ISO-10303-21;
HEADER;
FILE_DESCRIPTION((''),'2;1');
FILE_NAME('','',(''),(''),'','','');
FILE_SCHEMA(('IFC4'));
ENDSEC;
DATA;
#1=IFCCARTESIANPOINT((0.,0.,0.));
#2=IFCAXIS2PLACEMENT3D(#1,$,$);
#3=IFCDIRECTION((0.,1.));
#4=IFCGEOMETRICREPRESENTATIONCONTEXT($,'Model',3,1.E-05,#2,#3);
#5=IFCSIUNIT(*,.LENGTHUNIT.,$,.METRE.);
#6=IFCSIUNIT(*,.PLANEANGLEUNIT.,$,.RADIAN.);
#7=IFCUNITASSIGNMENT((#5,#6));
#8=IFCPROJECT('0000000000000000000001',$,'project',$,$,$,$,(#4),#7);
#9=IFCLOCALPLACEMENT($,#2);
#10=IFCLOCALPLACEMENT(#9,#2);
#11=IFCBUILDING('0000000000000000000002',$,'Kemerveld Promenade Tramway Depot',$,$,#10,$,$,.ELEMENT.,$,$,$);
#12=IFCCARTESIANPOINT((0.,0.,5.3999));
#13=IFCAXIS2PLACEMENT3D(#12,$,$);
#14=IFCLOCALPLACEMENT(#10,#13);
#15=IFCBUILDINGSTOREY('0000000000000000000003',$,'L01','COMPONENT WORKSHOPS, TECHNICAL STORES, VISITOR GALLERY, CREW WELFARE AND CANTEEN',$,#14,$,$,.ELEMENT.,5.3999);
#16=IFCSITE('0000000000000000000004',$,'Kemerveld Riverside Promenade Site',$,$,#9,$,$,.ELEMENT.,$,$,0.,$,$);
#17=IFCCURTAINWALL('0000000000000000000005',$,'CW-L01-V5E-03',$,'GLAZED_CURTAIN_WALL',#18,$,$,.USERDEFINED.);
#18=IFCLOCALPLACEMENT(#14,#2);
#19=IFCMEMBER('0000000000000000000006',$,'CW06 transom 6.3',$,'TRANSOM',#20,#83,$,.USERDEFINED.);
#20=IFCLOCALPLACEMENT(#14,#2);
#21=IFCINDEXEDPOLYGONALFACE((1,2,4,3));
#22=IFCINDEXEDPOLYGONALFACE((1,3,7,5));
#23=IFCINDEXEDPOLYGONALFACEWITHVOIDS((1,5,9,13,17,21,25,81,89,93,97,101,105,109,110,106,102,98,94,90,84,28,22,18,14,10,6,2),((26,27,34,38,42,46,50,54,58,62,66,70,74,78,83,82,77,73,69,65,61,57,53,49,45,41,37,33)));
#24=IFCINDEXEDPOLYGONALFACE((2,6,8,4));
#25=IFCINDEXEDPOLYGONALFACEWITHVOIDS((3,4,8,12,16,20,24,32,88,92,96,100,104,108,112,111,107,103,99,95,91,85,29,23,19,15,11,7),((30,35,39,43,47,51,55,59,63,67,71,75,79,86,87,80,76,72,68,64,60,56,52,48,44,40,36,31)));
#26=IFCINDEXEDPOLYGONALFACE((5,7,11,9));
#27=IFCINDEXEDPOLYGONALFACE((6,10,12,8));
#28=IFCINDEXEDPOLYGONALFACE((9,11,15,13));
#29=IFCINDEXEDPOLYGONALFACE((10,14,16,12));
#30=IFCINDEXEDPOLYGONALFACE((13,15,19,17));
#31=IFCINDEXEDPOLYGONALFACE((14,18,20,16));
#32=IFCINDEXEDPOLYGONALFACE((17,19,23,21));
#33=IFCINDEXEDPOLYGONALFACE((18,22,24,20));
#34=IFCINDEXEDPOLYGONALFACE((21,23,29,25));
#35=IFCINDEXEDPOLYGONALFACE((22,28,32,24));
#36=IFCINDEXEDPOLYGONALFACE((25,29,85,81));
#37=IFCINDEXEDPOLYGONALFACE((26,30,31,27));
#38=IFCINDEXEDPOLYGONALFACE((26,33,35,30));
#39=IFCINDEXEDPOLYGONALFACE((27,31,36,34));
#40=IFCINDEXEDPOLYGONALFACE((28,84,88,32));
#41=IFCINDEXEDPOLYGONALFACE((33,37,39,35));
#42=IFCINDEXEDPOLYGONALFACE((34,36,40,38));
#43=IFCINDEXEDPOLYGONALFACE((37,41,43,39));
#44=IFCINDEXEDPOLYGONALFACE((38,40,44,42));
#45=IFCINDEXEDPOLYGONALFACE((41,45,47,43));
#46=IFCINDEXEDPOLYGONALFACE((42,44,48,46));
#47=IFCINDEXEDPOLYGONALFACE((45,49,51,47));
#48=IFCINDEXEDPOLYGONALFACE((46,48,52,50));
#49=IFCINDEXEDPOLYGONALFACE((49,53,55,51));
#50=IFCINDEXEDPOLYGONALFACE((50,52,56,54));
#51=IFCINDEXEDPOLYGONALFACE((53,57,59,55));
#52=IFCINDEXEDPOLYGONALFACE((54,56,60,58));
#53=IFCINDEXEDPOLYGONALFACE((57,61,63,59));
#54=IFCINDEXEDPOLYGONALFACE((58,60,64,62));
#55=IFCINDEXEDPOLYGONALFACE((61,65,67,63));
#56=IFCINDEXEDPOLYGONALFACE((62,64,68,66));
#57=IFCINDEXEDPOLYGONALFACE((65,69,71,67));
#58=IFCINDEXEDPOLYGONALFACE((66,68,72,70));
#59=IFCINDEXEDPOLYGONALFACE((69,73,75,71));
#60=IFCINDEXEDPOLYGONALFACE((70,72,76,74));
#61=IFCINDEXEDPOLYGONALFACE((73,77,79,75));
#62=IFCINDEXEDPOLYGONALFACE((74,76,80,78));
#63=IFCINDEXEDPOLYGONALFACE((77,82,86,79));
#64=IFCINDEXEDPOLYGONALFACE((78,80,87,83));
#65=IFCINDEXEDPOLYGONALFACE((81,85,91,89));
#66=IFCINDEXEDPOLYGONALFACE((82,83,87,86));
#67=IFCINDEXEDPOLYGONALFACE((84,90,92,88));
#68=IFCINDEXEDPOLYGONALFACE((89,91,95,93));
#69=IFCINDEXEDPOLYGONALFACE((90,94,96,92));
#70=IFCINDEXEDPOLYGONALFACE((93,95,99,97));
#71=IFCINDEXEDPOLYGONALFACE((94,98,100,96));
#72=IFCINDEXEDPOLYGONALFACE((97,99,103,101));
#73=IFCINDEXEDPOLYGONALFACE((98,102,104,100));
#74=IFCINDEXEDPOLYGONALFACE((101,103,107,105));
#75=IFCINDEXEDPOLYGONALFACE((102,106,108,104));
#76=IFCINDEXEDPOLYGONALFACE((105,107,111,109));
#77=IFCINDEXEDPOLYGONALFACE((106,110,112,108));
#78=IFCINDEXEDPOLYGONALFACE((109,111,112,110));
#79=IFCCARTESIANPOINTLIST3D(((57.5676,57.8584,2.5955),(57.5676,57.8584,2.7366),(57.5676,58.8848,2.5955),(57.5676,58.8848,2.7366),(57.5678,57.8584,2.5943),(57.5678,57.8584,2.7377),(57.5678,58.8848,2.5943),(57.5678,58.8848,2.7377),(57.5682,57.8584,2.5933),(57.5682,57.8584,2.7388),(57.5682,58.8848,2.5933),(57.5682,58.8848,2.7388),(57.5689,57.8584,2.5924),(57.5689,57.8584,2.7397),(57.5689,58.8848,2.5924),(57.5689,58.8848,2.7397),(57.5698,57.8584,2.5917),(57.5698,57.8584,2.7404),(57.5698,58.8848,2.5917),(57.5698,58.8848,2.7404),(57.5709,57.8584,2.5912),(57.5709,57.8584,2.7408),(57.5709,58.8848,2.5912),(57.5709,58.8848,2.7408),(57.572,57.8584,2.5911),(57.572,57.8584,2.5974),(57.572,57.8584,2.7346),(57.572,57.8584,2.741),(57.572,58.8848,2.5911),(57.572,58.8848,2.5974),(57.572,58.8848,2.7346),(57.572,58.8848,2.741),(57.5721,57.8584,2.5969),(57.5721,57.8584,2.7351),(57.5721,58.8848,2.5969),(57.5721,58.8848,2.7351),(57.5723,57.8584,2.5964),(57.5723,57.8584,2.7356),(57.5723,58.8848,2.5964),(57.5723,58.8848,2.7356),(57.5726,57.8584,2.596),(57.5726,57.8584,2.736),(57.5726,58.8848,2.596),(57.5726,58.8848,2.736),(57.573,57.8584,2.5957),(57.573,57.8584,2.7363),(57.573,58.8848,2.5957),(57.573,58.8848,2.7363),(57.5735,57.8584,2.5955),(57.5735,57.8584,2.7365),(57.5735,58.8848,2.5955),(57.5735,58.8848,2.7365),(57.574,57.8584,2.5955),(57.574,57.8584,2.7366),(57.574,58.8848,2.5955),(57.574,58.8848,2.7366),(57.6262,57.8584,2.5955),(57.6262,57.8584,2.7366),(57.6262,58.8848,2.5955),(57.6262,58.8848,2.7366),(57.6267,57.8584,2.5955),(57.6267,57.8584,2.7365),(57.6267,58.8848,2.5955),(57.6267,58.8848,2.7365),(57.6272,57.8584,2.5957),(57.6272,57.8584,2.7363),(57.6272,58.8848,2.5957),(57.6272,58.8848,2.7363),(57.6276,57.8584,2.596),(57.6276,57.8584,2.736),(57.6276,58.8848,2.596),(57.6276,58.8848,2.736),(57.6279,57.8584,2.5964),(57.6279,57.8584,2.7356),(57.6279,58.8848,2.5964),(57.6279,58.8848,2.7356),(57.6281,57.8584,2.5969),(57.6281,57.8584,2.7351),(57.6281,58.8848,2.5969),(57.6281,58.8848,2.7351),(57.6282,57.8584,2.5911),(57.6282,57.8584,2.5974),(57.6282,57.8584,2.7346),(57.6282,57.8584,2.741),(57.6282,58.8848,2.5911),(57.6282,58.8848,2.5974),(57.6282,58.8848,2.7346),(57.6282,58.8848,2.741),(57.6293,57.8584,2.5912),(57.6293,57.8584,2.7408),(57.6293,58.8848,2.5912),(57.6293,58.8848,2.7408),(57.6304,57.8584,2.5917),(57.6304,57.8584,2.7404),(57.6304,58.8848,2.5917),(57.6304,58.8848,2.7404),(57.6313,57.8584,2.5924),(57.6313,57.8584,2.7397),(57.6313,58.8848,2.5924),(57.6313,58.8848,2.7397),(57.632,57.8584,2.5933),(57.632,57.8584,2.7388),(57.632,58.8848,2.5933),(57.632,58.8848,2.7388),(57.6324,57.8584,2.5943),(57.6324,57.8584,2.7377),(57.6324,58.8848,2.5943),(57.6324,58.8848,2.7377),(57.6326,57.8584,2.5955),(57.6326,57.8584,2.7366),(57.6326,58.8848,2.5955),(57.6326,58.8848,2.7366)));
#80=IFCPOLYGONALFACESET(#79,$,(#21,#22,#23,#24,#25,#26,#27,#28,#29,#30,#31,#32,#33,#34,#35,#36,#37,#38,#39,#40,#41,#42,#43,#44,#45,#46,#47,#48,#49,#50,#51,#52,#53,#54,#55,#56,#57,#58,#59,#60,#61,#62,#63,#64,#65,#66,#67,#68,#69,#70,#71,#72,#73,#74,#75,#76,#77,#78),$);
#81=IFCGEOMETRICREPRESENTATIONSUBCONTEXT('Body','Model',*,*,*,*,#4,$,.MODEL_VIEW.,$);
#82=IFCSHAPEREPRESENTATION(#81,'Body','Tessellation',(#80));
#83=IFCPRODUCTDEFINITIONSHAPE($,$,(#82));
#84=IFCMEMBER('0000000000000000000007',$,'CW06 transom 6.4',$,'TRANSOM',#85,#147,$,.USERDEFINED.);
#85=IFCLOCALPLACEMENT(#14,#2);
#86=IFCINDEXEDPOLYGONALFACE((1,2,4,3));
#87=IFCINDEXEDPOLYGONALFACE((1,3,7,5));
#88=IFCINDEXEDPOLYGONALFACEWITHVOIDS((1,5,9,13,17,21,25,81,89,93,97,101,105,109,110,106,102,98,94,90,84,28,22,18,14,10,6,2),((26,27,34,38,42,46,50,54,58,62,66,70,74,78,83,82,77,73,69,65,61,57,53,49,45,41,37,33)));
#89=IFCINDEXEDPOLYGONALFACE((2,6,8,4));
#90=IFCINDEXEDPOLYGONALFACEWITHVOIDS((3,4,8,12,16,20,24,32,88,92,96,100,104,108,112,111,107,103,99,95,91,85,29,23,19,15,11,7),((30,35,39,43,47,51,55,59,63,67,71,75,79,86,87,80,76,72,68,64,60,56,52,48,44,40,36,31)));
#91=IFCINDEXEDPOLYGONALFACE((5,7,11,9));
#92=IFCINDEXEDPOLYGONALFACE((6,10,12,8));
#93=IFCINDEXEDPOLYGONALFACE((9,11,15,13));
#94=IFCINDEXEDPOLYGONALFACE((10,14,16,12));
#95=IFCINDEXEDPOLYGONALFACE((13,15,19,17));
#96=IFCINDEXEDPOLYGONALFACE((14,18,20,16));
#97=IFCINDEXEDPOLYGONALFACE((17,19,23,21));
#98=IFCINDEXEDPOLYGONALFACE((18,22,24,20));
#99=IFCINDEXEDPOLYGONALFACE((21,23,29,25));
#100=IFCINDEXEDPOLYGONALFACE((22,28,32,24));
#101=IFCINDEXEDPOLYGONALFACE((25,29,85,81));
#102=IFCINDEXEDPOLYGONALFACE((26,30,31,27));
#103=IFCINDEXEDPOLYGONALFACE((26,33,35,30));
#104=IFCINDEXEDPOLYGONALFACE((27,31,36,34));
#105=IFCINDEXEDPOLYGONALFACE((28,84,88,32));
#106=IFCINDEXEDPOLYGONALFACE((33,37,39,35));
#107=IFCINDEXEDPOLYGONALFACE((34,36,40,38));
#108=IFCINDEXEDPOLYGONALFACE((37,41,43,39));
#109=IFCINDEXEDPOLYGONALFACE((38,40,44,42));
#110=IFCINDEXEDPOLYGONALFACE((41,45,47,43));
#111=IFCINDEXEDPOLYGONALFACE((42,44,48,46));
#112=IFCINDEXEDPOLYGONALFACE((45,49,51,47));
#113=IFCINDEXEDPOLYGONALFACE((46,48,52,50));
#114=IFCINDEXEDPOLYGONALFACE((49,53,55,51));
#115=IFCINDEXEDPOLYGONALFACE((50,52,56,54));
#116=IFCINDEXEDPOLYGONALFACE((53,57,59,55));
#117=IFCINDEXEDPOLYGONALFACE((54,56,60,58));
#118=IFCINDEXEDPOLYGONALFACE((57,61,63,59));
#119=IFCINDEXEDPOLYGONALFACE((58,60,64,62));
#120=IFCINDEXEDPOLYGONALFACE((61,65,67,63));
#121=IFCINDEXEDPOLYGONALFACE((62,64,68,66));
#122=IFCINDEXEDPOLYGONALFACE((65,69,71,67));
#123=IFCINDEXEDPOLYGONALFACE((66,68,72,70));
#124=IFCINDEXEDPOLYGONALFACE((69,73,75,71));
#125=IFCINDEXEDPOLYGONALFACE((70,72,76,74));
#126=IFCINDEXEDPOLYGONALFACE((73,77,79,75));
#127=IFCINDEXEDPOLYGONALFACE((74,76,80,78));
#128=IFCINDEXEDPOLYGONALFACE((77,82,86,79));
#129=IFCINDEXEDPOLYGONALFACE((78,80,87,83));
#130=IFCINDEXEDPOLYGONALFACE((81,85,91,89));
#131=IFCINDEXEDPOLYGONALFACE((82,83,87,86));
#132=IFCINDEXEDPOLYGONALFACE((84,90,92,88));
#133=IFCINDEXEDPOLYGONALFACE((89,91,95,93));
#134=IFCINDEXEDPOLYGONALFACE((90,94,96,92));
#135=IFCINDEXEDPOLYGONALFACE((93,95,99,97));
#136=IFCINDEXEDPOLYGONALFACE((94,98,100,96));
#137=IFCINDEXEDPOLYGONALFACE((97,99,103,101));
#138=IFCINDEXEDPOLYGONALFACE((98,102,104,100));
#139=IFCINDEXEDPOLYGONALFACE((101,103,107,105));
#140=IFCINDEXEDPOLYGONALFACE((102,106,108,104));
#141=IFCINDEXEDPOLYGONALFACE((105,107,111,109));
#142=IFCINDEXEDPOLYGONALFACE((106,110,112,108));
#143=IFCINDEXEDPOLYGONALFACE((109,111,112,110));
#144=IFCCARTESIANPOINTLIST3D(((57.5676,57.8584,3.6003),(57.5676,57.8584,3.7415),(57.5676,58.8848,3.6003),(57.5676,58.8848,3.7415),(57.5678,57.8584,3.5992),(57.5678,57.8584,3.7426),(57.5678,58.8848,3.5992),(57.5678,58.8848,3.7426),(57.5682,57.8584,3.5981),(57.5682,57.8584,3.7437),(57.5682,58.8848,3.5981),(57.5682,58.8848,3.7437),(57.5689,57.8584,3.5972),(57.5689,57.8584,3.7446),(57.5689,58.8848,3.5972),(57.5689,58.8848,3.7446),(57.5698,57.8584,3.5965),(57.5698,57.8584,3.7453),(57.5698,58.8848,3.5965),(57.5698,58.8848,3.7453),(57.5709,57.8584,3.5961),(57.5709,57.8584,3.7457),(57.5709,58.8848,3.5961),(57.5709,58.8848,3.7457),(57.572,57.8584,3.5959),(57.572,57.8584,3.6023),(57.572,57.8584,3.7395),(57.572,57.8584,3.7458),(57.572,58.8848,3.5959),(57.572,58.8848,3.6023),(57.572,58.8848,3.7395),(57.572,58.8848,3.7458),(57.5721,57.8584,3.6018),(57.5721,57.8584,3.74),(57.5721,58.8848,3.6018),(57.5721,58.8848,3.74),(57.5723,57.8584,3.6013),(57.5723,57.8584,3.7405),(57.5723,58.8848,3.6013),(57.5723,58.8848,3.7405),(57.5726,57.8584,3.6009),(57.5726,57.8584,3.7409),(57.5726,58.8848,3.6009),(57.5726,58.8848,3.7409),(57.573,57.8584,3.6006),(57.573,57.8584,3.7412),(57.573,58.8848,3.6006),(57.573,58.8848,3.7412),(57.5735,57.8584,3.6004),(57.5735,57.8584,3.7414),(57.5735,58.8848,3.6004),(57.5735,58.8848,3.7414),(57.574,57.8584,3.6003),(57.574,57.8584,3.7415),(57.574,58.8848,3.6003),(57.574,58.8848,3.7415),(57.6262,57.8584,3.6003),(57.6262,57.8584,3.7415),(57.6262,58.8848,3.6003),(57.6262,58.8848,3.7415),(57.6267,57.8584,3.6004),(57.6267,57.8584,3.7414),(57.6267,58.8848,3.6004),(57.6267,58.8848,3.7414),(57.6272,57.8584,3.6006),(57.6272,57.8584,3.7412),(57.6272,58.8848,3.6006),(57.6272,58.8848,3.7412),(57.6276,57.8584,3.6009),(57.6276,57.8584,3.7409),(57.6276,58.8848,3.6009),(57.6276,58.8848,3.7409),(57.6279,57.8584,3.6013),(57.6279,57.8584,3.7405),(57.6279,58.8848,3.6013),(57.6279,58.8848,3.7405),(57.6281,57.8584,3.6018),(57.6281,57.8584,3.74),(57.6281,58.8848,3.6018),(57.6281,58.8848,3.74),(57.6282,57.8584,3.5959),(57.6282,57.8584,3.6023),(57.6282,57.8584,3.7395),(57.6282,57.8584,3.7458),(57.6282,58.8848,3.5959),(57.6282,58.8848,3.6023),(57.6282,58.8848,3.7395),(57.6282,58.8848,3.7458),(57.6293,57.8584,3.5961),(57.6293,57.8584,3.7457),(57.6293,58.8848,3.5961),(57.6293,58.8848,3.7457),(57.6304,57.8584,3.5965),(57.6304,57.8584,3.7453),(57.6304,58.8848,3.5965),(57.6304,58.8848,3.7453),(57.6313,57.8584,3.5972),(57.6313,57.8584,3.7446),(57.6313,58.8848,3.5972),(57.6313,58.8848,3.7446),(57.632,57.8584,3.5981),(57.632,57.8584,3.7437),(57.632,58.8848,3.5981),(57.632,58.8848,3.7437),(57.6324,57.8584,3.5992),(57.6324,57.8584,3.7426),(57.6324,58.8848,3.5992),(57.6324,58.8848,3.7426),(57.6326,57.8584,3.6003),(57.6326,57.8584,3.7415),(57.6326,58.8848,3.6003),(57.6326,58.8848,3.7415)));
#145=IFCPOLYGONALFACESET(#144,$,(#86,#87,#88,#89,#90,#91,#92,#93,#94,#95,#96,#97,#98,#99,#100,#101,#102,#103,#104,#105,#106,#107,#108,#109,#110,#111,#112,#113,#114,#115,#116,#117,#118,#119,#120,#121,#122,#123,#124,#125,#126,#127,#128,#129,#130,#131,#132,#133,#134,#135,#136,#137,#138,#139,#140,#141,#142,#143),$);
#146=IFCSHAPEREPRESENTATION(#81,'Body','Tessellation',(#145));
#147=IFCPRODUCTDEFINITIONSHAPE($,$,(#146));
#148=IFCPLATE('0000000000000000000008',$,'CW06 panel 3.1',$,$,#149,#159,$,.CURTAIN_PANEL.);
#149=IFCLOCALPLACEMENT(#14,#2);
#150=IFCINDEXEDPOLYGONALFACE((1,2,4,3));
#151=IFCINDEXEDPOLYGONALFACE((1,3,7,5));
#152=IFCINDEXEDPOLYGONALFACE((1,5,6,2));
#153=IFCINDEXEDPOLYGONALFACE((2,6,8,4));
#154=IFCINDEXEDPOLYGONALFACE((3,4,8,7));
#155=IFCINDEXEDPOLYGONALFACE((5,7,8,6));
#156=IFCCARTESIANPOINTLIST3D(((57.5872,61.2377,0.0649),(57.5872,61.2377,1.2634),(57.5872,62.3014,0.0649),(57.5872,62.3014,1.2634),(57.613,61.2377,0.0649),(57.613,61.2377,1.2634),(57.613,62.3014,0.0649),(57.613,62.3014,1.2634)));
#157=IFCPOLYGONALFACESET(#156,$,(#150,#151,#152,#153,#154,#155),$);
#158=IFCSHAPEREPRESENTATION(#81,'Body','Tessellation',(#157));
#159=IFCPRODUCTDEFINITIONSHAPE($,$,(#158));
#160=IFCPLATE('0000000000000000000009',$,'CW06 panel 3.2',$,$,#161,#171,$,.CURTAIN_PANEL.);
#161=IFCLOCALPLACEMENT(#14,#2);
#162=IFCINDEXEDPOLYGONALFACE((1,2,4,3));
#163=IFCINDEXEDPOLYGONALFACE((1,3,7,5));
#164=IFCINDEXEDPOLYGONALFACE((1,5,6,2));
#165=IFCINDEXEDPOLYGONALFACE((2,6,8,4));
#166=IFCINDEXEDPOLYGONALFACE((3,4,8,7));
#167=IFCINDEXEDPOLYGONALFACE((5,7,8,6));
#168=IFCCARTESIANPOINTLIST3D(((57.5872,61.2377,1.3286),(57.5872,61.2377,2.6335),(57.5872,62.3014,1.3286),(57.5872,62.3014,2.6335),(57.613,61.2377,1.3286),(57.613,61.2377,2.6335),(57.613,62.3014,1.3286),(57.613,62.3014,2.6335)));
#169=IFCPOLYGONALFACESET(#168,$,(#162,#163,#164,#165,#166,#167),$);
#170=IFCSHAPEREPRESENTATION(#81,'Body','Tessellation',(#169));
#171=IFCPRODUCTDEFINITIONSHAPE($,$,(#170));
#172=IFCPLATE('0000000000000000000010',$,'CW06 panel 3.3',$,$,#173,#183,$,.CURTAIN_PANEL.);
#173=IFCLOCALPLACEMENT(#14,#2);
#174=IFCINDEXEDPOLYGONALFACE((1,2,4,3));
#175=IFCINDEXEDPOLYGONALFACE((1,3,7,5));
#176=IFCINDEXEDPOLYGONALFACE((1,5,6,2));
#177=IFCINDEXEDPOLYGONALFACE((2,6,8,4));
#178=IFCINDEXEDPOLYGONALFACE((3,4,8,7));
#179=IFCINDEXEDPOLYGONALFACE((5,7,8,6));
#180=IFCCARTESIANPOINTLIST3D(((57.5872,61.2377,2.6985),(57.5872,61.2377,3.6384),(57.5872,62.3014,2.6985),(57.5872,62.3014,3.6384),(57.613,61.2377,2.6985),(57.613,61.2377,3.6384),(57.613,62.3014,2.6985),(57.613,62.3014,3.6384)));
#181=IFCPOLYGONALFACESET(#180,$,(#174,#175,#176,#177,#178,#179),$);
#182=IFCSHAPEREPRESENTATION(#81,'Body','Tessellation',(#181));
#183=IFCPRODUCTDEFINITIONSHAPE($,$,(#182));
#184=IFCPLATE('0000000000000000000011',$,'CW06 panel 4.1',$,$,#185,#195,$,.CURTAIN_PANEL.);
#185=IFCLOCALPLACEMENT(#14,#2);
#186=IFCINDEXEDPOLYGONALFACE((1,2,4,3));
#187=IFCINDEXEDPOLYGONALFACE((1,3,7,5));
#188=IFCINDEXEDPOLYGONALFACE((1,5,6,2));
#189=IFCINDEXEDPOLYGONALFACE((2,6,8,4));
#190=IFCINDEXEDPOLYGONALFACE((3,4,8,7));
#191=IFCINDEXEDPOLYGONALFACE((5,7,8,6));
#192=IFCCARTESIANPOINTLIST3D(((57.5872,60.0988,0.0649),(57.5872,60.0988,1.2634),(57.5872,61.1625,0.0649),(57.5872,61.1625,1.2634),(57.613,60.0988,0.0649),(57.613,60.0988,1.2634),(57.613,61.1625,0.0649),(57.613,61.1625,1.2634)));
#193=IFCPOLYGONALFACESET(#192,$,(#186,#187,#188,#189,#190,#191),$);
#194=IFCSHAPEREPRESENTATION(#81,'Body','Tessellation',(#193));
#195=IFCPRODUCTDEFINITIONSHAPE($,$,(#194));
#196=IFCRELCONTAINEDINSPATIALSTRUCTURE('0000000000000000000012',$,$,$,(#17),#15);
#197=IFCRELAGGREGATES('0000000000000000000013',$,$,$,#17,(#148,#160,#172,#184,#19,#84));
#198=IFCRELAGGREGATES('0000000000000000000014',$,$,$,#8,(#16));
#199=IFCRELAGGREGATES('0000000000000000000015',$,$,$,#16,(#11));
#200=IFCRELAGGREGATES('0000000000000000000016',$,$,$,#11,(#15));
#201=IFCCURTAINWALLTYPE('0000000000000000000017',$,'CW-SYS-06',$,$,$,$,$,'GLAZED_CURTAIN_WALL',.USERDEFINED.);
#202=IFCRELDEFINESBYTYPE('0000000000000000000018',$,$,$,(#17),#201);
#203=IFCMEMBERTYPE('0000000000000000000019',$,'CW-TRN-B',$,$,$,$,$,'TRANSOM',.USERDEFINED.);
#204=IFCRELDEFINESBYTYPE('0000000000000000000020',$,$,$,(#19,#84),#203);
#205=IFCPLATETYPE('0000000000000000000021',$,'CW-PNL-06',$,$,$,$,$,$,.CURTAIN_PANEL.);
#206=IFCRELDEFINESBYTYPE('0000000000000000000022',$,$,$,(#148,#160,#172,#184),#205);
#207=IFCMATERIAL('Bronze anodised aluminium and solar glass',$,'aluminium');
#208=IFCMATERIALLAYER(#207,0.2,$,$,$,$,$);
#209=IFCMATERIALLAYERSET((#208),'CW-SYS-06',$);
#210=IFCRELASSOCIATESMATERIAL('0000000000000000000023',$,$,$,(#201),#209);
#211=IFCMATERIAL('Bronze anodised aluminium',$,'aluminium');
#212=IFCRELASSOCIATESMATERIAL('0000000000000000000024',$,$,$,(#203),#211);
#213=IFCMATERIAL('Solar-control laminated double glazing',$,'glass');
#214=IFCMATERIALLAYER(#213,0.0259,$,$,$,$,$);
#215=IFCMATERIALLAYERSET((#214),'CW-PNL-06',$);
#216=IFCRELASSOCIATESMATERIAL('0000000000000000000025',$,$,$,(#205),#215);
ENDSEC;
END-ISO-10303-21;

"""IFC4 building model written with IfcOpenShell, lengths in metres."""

from ifc_helpers import new_model, si_unit, direction, frame, origin, origin_2d, place, context, subcontext, project, spatial, rectangle, hollow_rectangle, extrude, material, layer, layer_set, material_profile, profile_set, type_object, element, aggregate, save


model = new_model("IFC4")

# Units and contexts
model_context = context("Model", 3, precision=1e-05, world=origin(), true_north=direction((0.0, 1.0)))
body_context = subcontext(model_context, "Body", "Model", "MODEL_VIEW")
ifc_project = project(units=[si_unit("LENGTHUNIT", "METRE"), si_unit("PLANEANGLEUNIT", "RADIAN")], contexts=[model_context])

# Site, building, storey
site_placement = place(None, origin())
site = spatial("IfcSite", under=ifc_project, at=site_placement, Name="Kemerveld Riverside Promenade Site", CompositionType="ELEMENT", RefElevation=0.0)
building_placement = place(site_placement, origin())
building = spatial("IfcBuilding", under=site, at=building_placement, Name="Kemerveld Promenade Tramway Depot", CompositionType="ELEMENT")
storey_placement = place(building_placement, frame((0.0, 0.0, 5.3999)))
storey = spatial("IfcBuildingStorey", under=building, at=storey_placement, Name="L01", Description="COMPONENT WORKSHOPS, TECHNICAL STORES, VISITOR GALLERY, CREW WELFARE AND CANTEEN", CompositionType="ELEMENT", Elevation=5.3999)

# Curtain wall, members, plates
ifc_material_1 = material(Name="Bronze anodised aluminium and solar glass", Category="aluminium")
ifc_layer_1 = layer(ifc_material_1, 0.2)
ifc_layer_set_1 = layer_set([ifc_layer_1], Name="CW-SYS-06")
curtain_wall_type = type_object("IfcCurtainWallType", Name="CW-SYS-06", ElementType="GLAZED_CURTAIN_WALL", PredefinedType="USERDEFINED", material=ifc_layer_set_1)
curtain_wall_placement = place(storey_placement, origin())
curtain_wall = element("IfcCurtainWall", 1, at=curtain_wall_placement, inside=storey, type_object=curtain_wall_type, Name="CW-L01-V5E-03", ObjectType="GLAZED_CURTAIN_WALL", PredefinedType="USERDEFINED")
ifc_material_2 = material(Name="Bronze anodised aluminium", Category="aluminium")
ifc_material_profile_1 = material_profile(ifc_material_2, hollow_rectangle(XDim=0.0649, YDim=0.1499, WallThickness=0.0044, InnerFilletRadius=0.002, OuterFilletRadius=0.0044, at=origin_2d()), Name="CW-TRN-150x65")
ifc_profile_set_1 = profile_set([ifc_material_profile_1], Name="Bronze anodised aluminium")
member_type_1 = type_object("IfcMemberType", Name="CW-TRN-B", ElementType="TRANSOM", PredefinedType="USERDEFINED", material=ifc_profile_set_1)
member_1_placement = place(storey_placement, frame((57.6001, 58.8848, 2.666), z_axis=(0.0, -1.0, 0.0), x_axis=(1.0, 0.0, 0.0)))
member_1 = element("IfcMember", 2, at=member_1_placement, type_object=member_type_1, Name="CW06 transom 6.3", ObjectType="TRANSOM", PredefinedType="USERDEFINED", context=body_context, shape_type="SweptSolid", body=[
    extrude(hollow_rectangle(XDim=0.0649, YDim=0.1499, WallThickness=0.0044, InnerFilletRadius=0.002, OuterFilletRadius=0.0044, at=origin_2d()), origin(), (0.0, 0.0, 1.0), 1.0264),
])
member_2_placement = place(storey_placement, frame((57.6001, 58.8848, 3.6709), z_axis=(0.0, -1.0, 0.0), x_axis=(1.0, 0.0, 0.0)))
member_2 = element("IfcMember", 3, at=member_2_placement, type_object=member_type_1, Name="CW06 transom 6.4", ObjectType="TRANSOM", PredefinedType="USERDEFINED", context=body_context, shape_type="SweptSolid", body=[
    extrude(hollow_rectangle(XDim=0.0649, YDim=0.1499, WallThickness=0.0044, InnerFilletRadius=0.002, OuterFilletRadius=0.0044, at=origin_2d()), origin(), (0.0, 0.0, 1.0), 1.0264),
])
ifc_material_3 = material(Name="Solar-control laminated double glazing", Category="glass")
ifc_layer_2 = layer(ifc_material_3, 0.0259)
ifc_layer_set_2 = layer_set([ifc_layer_2], Name="CW-PNL-06")
plate_type = type_object("IfcPlateType", Name="CW-PNL-06", PredefinedType="CURTAIN_PANEL", material=ifc_layer_set_2)
plate_1_placement = place(storey_placement, frame((57.6001, 61.7695, 0.0649), z_axis=(0.0, 0.0, 1.0), x_axis=(0.0, -1.0, 0.0)))
plate_1 = element("IfcPlate", 4, at=plate_1_placement, type_object=plate_type, Name="CW06 panel 3.1", PredefinedType="CURTAIN_PANEL", context=body_context, shape_type="SweptSolid", body=[
    extrude(rectangle(XDim=1.0637, YDim=0.0259, at=origin_2d()), origin(), (0.0, 0.0, 1.0), 1.1985),
])
plate_2_placement = place(storey_placement, frame((57.6001, 61.7695, 1.3286), z_axis=(0.0, 0.0, 1.0), x_axis=(0.0, -1.0, 0.0)))
plate_2 = element("IfcPlate", 5, at=plate_2_placement, type_object=plate_type, Name="CW06 panel 3.2", PredefinedType="CURTAIN_PANEL", context=body_context, shape_type="SweptSolid", body=[
    extrude(rectangle(XDim=1.0637, YDim=0.0259, at=origin_2d()), origin(), (0.0, 0.0, 1.0), 1.3049),
])
plate_3_placement = place(storey_placement, frame((57.6001, 61.7695, 2.6985), z_axis=(0.0, 0.0, 1.0), x_axis=(0.0, -1.0, 0.0)))
plate_3 = element("IfcPlate", 6, at=plate_3_placement, type_object=plate_type, Name="CW06 panel 3.3", PredefinedType="CURTAIN_PANEL", context=body_context, shape_type="SweptSolid", body=[
    extrude(rectangle(XDim=1.0637, YDim=0.0259, at=origin_2d()), origin(), (0.0, 0.0, 1.0), 0.9399),
])
plate_4_placement = place(storey_placement, frame((57.6001, 60.6306, 0.0649), z_axis=(0.0, 0.0, 1.0), x_axis=(0.0, -1.0, 0.0)))
plate_4 = element("IfcPlate", 7, at=plate_4_placement, type_object=plate_type, Name="CW06 panel 4.1", PredefinedType="CURTAIN_PANEL", context=body_context, shape_type="SweptSolid", body=[
    extrude(rectangle(XDim=1.0637, YDim=0.0259, at=origin_2d()), origin(), (0.0, 0.0, 1.0), 1.1985),
])
aggregate(curtain_wall, [plate_1, plate_2, plate_3, plate_4, member_1, member_2])

save(model, "model.ifc")
